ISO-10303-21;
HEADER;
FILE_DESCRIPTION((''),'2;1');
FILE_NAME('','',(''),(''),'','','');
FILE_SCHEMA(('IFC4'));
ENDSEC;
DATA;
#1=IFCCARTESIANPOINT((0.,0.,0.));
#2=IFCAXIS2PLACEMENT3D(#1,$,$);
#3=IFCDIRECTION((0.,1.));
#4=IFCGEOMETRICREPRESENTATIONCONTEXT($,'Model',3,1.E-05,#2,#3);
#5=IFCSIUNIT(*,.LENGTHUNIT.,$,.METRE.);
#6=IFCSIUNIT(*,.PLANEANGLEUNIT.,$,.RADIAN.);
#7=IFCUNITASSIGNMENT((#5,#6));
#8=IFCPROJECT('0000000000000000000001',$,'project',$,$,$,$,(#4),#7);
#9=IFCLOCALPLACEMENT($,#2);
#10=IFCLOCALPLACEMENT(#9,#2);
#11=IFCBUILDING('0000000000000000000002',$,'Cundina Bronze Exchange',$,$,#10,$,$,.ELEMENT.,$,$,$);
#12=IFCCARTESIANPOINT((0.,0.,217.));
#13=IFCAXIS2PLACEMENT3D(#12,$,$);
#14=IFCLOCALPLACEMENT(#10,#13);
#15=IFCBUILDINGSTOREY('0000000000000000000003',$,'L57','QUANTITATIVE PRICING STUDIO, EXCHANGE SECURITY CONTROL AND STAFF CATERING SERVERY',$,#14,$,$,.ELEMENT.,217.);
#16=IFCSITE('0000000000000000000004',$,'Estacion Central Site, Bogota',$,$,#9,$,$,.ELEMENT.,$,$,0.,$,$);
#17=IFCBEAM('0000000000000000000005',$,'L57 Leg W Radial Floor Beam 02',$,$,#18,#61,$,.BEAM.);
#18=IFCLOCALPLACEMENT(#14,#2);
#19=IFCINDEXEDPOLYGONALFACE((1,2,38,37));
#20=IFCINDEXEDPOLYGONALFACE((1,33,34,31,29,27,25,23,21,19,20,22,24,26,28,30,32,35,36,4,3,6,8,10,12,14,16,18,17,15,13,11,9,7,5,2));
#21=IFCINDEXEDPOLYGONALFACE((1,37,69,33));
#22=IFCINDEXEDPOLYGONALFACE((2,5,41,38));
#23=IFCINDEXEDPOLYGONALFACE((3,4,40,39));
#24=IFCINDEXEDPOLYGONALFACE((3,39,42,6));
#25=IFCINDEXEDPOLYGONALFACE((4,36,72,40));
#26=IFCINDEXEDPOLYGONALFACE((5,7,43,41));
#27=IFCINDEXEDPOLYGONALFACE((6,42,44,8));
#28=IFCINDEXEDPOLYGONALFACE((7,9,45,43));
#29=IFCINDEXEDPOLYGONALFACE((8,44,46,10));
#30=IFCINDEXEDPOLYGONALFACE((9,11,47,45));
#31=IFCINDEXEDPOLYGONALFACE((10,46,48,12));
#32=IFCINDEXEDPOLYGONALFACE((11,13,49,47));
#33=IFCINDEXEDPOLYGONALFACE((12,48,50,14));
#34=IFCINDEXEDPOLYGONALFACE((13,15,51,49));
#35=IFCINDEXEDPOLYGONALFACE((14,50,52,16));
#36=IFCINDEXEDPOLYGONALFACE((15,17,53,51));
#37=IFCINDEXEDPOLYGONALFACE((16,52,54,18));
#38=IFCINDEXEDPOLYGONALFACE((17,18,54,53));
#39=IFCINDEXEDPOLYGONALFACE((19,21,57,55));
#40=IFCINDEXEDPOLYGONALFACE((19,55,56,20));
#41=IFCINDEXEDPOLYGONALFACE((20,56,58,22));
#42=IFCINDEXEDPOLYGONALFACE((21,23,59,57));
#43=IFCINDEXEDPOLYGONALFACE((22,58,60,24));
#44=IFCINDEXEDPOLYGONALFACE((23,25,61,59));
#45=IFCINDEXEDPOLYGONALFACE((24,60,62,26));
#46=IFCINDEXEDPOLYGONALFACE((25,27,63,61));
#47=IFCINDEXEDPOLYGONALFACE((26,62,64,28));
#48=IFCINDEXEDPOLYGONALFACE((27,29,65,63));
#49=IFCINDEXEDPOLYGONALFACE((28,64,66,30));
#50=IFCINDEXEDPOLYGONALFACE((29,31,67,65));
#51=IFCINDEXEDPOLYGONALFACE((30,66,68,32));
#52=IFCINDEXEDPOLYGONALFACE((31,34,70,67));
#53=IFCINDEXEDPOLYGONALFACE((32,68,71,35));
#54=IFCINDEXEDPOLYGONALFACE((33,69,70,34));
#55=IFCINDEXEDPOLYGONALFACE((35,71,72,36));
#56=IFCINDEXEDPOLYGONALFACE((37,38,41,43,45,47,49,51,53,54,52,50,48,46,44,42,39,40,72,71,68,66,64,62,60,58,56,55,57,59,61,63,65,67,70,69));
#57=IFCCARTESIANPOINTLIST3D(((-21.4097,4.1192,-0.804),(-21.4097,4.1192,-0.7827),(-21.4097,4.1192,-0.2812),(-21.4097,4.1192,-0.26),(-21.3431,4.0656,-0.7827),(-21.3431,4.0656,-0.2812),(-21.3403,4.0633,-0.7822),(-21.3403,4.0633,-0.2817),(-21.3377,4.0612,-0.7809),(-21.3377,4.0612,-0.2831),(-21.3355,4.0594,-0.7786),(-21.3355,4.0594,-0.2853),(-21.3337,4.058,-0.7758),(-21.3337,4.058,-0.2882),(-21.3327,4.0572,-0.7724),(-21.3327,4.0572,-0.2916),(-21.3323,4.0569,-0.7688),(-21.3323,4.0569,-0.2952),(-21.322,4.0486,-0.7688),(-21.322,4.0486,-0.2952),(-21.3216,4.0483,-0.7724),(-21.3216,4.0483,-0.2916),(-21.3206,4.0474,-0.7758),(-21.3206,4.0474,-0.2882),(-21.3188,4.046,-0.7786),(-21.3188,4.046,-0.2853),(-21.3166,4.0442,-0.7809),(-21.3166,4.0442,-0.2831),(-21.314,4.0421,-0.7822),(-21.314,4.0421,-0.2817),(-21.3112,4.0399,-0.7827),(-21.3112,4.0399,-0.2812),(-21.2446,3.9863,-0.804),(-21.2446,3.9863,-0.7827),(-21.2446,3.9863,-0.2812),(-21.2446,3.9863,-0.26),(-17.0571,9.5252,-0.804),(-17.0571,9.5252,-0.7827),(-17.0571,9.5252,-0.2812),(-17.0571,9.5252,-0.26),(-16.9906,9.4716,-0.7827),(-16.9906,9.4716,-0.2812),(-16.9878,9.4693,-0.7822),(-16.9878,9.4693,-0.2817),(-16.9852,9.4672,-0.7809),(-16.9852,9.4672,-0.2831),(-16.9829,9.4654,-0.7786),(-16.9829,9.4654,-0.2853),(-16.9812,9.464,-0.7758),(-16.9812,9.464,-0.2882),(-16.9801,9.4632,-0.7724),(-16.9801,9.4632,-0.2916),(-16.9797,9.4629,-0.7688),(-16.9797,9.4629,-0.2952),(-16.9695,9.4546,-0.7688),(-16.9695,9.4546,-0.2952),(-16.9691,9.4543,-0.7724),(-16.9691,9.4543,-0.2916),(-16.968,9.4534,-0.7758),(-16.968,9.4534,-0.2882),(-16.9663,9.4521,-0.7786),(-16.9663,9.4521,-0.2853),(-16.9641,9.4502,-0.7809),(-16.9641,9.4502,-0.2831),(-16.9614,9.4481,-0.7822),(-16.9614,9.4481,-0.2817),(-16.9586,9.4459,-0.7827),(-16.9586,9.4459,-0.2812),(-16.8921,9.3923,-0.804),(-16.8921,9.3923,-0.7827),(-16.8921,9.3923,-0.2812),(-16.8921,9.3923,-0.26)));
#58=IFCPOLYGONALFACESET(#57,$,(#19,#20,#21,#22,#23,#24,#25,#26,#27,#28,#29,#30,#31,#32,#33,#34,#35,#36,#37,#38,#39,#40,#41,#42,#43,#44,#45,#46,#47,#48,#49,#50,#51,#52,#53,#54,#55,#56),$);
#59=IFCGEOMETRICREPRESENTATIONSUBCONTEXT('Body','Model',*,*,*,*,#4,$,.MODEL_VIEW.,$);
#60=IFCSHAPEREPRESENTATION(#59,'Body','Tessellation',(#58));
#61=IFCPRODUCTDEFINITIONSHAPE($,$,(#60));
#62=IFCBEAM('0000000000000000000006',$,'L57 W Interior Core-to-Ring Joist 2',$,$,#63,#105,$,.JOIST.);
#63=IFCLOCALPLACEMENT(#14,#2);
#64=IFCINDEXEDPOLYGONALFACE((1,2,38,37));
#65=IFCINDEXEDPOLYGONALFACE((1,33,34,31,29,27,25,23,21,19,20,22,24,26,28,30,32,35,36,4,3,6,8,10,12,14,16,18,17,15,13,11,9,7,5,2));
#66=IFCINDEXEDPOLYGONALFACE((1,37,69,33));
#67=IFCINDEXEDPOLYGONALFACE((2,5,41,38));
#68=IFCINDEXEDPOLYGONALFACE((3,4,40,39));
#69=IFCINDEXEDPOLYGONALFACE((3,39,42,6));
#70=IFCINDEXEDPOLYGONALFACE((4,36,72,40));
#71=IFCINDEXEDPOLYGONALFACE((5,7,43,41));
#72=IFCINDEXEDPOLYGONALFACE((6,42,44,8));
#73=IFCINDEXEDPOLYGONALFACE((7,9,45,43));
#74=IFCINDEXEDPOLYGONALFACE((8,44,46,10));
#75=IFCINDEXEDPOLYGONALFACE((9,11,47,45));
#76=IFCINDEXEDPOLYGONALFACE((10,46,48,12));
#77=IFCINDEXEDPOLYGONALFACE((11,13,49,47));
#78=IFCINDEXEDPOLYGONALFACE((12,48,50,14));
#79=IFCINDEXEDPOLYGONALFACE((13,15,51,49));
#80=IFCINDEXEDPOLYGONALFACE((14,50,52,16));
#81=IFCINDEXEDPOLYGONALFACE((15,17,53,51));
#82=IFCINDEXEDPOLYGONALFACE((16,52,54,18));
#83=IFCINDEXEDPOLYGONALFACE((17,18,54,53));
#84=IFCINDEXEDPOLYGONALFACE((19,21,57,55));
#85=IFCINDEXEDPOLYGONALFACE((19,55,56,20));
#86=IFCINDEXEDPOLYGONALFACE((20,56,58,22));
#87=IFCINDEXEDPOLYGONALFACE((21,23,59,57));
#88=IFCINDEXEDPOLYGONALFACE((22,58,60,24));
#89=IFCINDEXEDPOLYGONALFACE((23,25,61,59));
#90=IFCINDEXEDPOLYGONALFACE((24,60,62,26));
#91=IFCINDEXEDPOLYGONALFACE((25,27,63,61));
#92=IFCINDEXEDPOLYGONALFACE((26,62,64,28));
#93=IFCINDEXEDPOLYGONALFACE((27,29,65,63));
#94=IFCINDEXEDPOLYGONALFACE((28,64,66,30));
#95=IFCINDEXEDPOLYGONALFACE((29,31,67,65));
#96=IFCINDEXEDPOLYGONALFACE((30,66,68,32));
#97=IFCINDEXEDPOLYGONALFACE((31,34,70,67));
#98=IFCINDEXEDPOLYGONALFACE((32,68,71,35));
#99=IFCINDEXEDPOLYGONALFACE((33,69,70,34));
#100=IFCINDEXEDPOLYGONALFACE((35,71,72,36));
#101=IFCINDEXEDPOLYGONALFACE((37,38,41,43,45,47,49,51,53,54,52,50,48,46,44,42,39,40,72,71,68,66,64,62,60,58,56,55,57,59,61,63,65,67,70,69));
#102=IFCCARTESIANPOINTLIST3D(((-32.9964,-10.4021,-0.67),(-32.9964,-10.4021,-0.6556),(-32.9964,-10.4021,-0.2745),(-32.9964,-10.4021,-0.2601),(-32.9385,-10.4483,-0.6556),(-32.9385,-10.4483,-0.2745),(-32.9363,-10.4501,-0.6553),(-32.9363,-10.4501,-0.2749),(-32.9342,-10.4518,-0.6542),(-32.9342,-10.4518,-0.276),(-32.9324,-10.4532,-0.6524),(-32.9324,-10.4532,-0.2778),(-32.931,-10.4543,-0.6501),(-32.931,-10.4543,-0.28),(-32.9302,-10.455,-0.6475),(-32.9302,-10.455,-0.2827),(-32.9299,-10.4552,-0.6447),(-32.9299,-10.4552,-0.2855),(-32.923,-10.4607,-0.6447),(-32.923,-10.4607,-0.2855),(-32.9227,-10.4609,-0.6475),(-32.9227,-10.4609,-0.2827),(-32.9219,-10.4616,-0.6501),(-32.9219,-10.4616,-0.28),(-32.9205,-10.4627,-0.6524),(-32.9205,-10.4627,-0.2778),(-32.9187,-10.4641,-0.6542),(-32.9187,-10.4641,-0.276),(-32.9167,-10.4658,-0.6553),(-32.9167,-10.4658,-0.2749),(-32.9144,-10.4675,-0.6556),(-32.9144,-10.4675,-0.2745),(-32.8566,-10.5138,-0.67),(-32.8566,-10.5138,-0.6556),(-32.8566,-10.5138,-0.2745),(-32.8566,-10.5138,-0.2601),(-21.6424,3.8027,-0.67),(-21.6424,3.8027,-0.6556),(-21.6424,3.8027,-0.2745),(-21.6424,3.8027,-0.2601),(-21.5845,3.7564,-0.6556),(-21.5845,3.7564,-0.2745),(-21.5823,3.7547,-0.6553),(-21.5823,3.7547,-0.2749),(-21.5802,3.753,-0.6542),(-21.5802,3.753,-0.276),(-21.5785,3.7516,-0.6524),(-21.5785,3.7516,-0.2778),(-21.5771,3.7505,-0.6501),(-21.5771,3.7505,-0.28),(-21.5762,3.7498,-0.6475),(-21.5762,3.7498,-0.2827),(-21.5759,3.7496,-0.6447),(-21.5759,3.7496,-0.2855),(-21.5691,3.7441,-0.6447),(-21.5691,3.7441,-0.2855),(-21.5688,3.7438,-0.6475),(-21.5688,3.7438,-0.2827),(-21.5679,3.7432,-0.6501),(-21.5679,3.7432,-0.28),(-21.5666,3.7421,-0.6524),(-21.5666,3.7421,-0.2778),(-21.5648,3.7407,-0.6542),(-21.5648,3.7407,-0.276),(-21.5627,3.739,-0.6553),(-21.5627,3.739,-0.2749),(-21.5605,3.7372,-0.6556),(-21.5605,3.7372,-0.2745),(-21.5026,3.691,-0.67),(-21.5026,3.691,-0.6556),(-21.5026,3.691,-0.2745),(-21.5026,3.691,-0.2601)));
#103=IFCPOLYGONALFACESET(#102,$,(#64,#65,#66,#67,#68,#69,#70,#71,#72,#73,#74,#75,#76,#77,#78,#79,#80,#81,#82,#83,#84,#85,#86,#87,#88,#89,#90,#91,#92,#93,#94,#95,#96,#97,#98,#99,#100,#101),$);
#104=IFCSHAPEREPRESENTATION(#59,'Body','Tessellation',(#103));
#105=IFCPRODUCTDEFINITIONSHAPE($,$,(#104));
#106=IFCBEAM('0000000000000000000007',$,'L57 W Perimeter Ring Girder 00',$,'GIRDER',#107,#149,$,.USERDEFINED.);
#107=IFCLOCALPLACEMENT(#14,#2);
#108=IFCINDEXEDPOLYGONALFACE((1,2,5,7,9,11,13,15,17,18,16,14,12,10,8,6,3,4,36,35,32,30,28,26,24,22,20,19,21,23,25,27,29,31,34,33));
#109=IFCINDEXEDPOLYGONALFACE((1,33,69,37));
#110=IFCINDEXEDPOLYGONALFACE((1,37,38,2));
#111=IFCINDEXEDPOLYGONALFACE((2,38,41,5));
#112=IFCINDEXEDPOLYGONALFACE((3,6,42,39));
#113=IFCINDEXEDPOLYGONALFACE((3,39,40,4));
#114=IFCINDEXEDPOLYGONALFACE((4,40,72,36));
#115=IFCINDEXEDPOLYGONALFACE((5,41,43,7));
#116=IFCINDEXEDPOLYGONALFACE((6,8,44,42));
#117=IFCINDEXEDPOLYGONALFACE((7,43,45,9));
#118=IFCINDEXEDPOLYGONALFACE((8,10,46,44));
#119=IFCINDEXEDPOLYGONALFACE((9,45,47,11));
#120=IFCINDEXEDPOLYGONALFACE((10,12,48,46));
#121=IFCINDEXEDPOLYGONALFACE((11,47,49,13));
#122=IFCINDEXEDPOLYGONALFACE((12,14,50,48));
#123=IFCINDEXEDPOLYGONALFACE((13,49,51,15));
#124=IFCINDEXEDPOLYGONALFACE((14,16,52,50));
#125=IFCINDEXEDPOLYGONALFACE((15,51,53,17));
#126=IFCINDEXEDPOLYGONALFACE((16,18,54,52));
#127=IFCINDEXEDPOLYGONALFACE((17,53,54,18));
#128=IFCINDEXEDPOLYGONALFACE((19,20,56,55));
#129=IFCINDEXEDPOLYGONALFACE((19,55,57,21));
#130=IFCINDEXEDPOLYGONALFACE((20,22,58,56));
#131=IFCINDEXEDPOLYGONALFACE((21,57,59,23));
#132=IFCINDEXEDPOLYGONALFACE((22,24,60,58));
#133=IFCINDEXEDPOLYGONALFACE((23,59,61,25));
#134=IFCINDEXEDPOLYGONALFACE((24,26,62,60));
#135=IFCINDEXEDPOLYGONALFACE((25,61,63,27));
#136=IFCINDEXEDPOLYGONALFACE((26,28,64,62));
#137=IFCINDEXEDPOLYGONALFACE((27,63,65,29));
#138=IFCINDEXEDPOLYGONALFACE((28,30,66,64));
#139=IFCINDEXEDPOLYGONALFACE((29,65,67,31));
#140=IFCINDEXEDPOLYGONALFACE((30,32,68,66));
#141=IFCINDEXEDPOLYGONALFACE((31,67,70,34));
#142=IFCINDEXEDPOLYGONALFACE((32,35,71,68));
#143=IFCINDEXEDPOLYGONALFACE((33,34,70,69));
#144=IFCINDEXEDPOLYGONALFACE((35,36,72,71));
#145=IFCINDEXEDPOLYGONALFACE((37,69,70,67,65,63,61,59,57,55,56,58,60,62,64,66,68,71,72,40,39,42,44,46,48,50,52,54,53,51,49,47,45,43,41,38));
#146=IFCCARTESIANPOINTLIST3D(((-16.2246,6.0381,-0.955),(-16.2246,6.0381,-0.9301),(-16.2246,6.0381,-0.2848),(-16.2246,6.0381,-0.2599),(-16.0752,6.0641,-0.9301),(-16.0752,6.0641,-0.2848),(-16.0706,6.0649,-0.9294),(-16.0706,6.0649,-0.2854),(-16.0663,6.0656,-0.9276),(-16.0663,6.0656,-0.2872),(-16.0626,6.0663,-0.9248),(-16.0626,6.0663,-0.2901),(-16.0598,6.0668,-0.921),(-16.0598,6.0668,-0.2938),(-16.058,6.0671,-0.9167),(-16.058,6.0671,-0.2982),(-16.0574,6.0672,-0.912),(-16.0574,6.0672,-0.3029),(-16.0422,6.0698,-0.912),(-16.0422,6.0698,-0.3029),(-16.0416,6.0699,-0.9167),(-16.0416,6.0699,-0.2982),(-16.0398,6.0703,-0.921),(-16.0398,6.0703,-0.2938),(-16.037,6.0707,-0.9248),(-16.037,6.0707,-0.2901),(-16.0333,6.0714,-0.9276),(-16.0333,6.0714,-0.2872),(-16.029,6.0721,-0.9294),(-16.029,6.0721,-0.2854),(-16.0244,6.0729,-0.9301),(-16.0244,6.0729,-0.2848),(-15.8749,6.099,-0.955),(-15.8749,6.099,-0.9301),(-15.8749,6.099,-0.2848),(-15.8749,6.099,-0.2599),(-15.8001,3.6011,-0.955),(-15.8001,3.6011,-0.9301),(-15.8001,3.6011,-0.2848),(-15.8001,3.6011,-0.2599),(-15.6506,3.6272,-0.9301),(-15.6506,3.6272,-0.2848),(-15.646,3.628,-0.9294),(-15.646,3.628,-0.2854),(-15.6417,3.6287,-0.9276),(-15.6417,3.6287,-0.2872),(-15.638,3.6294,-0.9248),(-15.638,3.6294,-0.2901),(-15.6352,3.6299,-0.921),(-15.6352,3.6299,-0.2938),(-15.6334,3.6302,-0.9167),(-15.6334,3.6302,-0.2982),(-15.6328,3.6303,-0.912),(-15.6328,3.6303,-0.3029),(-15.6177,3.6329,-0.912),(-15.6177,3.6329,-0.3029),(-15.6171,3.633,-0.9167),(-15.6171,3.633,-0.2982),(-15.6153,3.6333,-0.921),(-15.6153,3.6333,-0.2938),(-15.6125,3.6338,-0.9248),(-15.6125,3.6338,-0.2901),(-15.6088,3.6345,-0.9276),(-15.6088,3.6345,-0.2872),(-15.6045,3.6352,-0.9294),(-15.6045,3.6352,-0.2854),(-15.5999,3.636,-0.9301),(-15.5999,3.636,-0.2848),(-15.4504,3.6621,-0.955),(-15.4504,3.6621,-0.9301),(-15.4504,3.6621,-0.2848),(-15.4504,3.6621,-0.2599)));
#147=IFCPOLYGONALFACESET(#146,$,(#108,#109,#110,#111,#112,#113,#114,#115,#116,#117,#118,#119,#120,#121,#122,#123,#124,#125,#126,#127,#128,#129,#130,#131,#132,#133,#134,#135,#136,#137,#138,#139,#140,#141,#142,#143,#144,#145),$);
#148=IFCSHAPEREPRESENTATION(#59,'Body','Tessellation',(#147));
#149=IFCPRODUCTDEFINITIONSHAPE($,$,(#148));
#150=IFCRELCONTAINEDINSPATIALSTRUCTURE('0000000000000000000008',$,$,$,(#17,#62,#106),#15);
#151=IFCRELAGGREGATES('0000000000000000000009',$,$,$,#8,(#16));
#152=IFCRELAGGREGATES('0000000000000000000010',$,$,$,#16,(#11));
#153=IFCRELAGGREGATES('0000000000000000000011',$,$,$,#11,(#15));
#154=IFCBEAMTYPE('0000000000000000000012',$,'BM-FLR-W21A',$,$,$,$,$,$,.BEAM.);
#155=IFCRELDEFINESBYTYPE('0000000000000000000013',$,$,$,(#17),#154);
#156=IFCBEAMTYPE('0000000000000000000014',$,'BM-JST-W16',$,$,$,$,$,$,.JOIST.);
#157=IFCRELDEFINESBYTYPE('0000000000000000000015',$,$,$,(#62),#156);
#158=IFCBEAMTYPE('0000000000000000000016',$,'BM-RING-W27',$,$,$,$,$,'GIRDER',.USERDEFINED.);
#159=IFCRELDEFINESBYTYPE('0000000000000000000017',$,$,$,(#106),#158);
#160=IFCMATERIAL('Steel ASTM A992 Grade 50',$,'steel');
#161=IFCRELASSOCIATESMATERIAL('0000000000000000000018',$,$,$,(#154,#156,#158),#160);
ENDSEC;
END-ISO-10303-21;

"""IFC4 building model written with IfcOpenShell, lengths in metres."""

from ifc_helpers import new_model, si_unit, direction, frame, origin, origin_2d, place, context, subcontext, project, spatial, i_section, extrude, material, material_profile, profile_set, type_object, element, save


model = new_model("IFC4")

# Units and contexts
model_context = context("Model", 3, precision=1e-05, world=origin(), true_north=direction((0.0, 1.0)))
body_context = subcontext(model_context, "Body", "Model", "MODEL_VIEW")
ifc_project = project(units=[si_unit("LENGTHUNIT", "METRE"), si_unit("PLANEANGLEUNIT", "RADIAN")], contexts=[model_context])

# Site, building, storey
site_placement = place(None, origin())
site = spatial("IfcSite", under=ifc_project, at=site_placement, Name="Estacion Central Site, Bogota", CompositionType="ELEMENT", RefElevation=0.0)
building_placement = place(site_placement, origin())
building = spatial("IfcBuilding", under=site, at=building_placement, Name="Cundina Bronze Exchange", CompositionType="ELEMENT")
storey_placement = place(building_placement, frame((0.0, 0.0, 217.0)))
storey = spatial("IfcBuildingStorey", under=building, at=storey_placement, Name="L57", Description="QUANTITATIVE PRICING STUDIO, EXCHANGE SECURITY CONTROL AND STAFF CATERING SERVERY", CompositionType="ELEMENT", Elevation=217.0)

# Shared definitions
ifc_material_1 = material(Name="Steel ASTM A992 Grade 50", Category="steel")

# Beams
ifc_material_profile_1 = material_profile(ifc_material_1, i_section(OverallWidth=0.2119, OverallDepth=0.5439, WebThickness=0.0132, FlangeThickness=0.0212, FilletRadius=0.0139, at=origin_2d()), Name="W21X83", Category="steel")
ifc_profile_set_1 = profile_set([ifc_material_profile_1], Name="Steel ASTM A992 Grade 50")
beam_type_1 = type_object("IfcBeamType", Name="BM-FLR-W21A", PredefinedType="BEAM", material=ifc_profile_set_1)
beam_1_placement = place(storey_placement, frame((-21.3271, 4.0527, -0.532), z_axis=(0.627129, 0.778916, 0.0), x_axis=(-0.778916, 0.627129, 0.0)))
element("IfcBeam", 1, at=beam_1_placement, inside=storey, type_object=beam_type_1, Name="L57 Leg W Radial Floor Beam 02", PredefinedType="BEAM", context=body_context, shape_type="SweptSolid", body=[
    extrude(i_section(OverallWidth=0.2119, OverallDepth=0.5439, WebThickness=0.0132, FlangeThickness=0.0212, FilletRadius=0.0139, at=origin_2d()), origin(), (0.0, 0.0, 1.0), 6.9404),
])
ifc_material_profile_2 = material_profile(ifc_material_1, i_section(OverallWidth=0.179, OverallDepth=0.4099, WebThickness=0.0088, FlangeThickness=0.0144, FilletRadius=0.011, at=origin_2d()), Name="W16X45", Category="steel")
ifc_profile_set_2 = profile_set([ifc_material_profile_2], Name="Steel ASTM A992 Grade 50")
beam_type_2 = type_object("IfcBeamType", Name="BM-JST-W16", PredefinedType="JOIST", material=ifc_profile_set_2)
beam_2_placement = place(storey_placement, frame((-21.5725, 3.7468, -0.4651), z_axis=(-0.624364, -0.781133, 0.0), x_axis=(0.781133, -0.624364, 0.0)))
element("IfcBeam", 2, at=beam_2_placement, inside=storey, type_object=beam_type_2, Name="L57 W Interior Core-to-Ring Joist 2", PredefinedType="JOIST", context=body_context, shape_type="SweptSolid", body=[
    extrude(i_section(OverallWidth=0.179, OverallDepth=0.4099, WebThickness=0.0088, FlangeThickness=0.0144, FilletRadius=0.011, at=origin_2d()), origin(), (0.0, 0.0, 1.0), 18.1848),
])
ifc_material_profile_3 = material_profile(ifc_material_1, i_section(OverallWidth=0.355, OverallDepth=0.6951, WebThickness=0.0154, FlangeThickness=0.0249, FilletRadius=0.0181, at=origin_2d()), Name="W27X146", Category="steel")
ifc_profile_set_3 = profile_set([ifc_material_profile_3], Name="Steel ASTM A992 Grade 50")
beam_type_3 = type_object("IfcBeamType", Name="BM-RING-W27", ElementType="GIRDER", PredefinedType="USERDEFINED", material=ifc_profile_set_3)
beam_3_placement = place(storey_placement, frame((-15.6252, 3.6316, -0.6074), z_axis=(-0.171629, 0.985162, 0.0), x_axis=(-0.985162, -0.171629, 0.0)))
element("IfcBeam", 3, at=beam_3_placement, inside=storey, type_object=beam_type_3, Name="L57 W Perimeter Ring Girder 00", ObjectType="GIRDER", PredefinedType="USERDEFINED", context=body_context, shape_type="SweptSolid", body=[
    extrude(i_section(OverallWidth=0.355, OverallDepth=0.6951, WebThickness=0.0154, FlangeThickness=0.0249, FilletRadius=0.0181, at=origin_2d()), origin(), (0.0, 0.0, 1.0), 2.4736),
])

save(model, "model.ifc")
